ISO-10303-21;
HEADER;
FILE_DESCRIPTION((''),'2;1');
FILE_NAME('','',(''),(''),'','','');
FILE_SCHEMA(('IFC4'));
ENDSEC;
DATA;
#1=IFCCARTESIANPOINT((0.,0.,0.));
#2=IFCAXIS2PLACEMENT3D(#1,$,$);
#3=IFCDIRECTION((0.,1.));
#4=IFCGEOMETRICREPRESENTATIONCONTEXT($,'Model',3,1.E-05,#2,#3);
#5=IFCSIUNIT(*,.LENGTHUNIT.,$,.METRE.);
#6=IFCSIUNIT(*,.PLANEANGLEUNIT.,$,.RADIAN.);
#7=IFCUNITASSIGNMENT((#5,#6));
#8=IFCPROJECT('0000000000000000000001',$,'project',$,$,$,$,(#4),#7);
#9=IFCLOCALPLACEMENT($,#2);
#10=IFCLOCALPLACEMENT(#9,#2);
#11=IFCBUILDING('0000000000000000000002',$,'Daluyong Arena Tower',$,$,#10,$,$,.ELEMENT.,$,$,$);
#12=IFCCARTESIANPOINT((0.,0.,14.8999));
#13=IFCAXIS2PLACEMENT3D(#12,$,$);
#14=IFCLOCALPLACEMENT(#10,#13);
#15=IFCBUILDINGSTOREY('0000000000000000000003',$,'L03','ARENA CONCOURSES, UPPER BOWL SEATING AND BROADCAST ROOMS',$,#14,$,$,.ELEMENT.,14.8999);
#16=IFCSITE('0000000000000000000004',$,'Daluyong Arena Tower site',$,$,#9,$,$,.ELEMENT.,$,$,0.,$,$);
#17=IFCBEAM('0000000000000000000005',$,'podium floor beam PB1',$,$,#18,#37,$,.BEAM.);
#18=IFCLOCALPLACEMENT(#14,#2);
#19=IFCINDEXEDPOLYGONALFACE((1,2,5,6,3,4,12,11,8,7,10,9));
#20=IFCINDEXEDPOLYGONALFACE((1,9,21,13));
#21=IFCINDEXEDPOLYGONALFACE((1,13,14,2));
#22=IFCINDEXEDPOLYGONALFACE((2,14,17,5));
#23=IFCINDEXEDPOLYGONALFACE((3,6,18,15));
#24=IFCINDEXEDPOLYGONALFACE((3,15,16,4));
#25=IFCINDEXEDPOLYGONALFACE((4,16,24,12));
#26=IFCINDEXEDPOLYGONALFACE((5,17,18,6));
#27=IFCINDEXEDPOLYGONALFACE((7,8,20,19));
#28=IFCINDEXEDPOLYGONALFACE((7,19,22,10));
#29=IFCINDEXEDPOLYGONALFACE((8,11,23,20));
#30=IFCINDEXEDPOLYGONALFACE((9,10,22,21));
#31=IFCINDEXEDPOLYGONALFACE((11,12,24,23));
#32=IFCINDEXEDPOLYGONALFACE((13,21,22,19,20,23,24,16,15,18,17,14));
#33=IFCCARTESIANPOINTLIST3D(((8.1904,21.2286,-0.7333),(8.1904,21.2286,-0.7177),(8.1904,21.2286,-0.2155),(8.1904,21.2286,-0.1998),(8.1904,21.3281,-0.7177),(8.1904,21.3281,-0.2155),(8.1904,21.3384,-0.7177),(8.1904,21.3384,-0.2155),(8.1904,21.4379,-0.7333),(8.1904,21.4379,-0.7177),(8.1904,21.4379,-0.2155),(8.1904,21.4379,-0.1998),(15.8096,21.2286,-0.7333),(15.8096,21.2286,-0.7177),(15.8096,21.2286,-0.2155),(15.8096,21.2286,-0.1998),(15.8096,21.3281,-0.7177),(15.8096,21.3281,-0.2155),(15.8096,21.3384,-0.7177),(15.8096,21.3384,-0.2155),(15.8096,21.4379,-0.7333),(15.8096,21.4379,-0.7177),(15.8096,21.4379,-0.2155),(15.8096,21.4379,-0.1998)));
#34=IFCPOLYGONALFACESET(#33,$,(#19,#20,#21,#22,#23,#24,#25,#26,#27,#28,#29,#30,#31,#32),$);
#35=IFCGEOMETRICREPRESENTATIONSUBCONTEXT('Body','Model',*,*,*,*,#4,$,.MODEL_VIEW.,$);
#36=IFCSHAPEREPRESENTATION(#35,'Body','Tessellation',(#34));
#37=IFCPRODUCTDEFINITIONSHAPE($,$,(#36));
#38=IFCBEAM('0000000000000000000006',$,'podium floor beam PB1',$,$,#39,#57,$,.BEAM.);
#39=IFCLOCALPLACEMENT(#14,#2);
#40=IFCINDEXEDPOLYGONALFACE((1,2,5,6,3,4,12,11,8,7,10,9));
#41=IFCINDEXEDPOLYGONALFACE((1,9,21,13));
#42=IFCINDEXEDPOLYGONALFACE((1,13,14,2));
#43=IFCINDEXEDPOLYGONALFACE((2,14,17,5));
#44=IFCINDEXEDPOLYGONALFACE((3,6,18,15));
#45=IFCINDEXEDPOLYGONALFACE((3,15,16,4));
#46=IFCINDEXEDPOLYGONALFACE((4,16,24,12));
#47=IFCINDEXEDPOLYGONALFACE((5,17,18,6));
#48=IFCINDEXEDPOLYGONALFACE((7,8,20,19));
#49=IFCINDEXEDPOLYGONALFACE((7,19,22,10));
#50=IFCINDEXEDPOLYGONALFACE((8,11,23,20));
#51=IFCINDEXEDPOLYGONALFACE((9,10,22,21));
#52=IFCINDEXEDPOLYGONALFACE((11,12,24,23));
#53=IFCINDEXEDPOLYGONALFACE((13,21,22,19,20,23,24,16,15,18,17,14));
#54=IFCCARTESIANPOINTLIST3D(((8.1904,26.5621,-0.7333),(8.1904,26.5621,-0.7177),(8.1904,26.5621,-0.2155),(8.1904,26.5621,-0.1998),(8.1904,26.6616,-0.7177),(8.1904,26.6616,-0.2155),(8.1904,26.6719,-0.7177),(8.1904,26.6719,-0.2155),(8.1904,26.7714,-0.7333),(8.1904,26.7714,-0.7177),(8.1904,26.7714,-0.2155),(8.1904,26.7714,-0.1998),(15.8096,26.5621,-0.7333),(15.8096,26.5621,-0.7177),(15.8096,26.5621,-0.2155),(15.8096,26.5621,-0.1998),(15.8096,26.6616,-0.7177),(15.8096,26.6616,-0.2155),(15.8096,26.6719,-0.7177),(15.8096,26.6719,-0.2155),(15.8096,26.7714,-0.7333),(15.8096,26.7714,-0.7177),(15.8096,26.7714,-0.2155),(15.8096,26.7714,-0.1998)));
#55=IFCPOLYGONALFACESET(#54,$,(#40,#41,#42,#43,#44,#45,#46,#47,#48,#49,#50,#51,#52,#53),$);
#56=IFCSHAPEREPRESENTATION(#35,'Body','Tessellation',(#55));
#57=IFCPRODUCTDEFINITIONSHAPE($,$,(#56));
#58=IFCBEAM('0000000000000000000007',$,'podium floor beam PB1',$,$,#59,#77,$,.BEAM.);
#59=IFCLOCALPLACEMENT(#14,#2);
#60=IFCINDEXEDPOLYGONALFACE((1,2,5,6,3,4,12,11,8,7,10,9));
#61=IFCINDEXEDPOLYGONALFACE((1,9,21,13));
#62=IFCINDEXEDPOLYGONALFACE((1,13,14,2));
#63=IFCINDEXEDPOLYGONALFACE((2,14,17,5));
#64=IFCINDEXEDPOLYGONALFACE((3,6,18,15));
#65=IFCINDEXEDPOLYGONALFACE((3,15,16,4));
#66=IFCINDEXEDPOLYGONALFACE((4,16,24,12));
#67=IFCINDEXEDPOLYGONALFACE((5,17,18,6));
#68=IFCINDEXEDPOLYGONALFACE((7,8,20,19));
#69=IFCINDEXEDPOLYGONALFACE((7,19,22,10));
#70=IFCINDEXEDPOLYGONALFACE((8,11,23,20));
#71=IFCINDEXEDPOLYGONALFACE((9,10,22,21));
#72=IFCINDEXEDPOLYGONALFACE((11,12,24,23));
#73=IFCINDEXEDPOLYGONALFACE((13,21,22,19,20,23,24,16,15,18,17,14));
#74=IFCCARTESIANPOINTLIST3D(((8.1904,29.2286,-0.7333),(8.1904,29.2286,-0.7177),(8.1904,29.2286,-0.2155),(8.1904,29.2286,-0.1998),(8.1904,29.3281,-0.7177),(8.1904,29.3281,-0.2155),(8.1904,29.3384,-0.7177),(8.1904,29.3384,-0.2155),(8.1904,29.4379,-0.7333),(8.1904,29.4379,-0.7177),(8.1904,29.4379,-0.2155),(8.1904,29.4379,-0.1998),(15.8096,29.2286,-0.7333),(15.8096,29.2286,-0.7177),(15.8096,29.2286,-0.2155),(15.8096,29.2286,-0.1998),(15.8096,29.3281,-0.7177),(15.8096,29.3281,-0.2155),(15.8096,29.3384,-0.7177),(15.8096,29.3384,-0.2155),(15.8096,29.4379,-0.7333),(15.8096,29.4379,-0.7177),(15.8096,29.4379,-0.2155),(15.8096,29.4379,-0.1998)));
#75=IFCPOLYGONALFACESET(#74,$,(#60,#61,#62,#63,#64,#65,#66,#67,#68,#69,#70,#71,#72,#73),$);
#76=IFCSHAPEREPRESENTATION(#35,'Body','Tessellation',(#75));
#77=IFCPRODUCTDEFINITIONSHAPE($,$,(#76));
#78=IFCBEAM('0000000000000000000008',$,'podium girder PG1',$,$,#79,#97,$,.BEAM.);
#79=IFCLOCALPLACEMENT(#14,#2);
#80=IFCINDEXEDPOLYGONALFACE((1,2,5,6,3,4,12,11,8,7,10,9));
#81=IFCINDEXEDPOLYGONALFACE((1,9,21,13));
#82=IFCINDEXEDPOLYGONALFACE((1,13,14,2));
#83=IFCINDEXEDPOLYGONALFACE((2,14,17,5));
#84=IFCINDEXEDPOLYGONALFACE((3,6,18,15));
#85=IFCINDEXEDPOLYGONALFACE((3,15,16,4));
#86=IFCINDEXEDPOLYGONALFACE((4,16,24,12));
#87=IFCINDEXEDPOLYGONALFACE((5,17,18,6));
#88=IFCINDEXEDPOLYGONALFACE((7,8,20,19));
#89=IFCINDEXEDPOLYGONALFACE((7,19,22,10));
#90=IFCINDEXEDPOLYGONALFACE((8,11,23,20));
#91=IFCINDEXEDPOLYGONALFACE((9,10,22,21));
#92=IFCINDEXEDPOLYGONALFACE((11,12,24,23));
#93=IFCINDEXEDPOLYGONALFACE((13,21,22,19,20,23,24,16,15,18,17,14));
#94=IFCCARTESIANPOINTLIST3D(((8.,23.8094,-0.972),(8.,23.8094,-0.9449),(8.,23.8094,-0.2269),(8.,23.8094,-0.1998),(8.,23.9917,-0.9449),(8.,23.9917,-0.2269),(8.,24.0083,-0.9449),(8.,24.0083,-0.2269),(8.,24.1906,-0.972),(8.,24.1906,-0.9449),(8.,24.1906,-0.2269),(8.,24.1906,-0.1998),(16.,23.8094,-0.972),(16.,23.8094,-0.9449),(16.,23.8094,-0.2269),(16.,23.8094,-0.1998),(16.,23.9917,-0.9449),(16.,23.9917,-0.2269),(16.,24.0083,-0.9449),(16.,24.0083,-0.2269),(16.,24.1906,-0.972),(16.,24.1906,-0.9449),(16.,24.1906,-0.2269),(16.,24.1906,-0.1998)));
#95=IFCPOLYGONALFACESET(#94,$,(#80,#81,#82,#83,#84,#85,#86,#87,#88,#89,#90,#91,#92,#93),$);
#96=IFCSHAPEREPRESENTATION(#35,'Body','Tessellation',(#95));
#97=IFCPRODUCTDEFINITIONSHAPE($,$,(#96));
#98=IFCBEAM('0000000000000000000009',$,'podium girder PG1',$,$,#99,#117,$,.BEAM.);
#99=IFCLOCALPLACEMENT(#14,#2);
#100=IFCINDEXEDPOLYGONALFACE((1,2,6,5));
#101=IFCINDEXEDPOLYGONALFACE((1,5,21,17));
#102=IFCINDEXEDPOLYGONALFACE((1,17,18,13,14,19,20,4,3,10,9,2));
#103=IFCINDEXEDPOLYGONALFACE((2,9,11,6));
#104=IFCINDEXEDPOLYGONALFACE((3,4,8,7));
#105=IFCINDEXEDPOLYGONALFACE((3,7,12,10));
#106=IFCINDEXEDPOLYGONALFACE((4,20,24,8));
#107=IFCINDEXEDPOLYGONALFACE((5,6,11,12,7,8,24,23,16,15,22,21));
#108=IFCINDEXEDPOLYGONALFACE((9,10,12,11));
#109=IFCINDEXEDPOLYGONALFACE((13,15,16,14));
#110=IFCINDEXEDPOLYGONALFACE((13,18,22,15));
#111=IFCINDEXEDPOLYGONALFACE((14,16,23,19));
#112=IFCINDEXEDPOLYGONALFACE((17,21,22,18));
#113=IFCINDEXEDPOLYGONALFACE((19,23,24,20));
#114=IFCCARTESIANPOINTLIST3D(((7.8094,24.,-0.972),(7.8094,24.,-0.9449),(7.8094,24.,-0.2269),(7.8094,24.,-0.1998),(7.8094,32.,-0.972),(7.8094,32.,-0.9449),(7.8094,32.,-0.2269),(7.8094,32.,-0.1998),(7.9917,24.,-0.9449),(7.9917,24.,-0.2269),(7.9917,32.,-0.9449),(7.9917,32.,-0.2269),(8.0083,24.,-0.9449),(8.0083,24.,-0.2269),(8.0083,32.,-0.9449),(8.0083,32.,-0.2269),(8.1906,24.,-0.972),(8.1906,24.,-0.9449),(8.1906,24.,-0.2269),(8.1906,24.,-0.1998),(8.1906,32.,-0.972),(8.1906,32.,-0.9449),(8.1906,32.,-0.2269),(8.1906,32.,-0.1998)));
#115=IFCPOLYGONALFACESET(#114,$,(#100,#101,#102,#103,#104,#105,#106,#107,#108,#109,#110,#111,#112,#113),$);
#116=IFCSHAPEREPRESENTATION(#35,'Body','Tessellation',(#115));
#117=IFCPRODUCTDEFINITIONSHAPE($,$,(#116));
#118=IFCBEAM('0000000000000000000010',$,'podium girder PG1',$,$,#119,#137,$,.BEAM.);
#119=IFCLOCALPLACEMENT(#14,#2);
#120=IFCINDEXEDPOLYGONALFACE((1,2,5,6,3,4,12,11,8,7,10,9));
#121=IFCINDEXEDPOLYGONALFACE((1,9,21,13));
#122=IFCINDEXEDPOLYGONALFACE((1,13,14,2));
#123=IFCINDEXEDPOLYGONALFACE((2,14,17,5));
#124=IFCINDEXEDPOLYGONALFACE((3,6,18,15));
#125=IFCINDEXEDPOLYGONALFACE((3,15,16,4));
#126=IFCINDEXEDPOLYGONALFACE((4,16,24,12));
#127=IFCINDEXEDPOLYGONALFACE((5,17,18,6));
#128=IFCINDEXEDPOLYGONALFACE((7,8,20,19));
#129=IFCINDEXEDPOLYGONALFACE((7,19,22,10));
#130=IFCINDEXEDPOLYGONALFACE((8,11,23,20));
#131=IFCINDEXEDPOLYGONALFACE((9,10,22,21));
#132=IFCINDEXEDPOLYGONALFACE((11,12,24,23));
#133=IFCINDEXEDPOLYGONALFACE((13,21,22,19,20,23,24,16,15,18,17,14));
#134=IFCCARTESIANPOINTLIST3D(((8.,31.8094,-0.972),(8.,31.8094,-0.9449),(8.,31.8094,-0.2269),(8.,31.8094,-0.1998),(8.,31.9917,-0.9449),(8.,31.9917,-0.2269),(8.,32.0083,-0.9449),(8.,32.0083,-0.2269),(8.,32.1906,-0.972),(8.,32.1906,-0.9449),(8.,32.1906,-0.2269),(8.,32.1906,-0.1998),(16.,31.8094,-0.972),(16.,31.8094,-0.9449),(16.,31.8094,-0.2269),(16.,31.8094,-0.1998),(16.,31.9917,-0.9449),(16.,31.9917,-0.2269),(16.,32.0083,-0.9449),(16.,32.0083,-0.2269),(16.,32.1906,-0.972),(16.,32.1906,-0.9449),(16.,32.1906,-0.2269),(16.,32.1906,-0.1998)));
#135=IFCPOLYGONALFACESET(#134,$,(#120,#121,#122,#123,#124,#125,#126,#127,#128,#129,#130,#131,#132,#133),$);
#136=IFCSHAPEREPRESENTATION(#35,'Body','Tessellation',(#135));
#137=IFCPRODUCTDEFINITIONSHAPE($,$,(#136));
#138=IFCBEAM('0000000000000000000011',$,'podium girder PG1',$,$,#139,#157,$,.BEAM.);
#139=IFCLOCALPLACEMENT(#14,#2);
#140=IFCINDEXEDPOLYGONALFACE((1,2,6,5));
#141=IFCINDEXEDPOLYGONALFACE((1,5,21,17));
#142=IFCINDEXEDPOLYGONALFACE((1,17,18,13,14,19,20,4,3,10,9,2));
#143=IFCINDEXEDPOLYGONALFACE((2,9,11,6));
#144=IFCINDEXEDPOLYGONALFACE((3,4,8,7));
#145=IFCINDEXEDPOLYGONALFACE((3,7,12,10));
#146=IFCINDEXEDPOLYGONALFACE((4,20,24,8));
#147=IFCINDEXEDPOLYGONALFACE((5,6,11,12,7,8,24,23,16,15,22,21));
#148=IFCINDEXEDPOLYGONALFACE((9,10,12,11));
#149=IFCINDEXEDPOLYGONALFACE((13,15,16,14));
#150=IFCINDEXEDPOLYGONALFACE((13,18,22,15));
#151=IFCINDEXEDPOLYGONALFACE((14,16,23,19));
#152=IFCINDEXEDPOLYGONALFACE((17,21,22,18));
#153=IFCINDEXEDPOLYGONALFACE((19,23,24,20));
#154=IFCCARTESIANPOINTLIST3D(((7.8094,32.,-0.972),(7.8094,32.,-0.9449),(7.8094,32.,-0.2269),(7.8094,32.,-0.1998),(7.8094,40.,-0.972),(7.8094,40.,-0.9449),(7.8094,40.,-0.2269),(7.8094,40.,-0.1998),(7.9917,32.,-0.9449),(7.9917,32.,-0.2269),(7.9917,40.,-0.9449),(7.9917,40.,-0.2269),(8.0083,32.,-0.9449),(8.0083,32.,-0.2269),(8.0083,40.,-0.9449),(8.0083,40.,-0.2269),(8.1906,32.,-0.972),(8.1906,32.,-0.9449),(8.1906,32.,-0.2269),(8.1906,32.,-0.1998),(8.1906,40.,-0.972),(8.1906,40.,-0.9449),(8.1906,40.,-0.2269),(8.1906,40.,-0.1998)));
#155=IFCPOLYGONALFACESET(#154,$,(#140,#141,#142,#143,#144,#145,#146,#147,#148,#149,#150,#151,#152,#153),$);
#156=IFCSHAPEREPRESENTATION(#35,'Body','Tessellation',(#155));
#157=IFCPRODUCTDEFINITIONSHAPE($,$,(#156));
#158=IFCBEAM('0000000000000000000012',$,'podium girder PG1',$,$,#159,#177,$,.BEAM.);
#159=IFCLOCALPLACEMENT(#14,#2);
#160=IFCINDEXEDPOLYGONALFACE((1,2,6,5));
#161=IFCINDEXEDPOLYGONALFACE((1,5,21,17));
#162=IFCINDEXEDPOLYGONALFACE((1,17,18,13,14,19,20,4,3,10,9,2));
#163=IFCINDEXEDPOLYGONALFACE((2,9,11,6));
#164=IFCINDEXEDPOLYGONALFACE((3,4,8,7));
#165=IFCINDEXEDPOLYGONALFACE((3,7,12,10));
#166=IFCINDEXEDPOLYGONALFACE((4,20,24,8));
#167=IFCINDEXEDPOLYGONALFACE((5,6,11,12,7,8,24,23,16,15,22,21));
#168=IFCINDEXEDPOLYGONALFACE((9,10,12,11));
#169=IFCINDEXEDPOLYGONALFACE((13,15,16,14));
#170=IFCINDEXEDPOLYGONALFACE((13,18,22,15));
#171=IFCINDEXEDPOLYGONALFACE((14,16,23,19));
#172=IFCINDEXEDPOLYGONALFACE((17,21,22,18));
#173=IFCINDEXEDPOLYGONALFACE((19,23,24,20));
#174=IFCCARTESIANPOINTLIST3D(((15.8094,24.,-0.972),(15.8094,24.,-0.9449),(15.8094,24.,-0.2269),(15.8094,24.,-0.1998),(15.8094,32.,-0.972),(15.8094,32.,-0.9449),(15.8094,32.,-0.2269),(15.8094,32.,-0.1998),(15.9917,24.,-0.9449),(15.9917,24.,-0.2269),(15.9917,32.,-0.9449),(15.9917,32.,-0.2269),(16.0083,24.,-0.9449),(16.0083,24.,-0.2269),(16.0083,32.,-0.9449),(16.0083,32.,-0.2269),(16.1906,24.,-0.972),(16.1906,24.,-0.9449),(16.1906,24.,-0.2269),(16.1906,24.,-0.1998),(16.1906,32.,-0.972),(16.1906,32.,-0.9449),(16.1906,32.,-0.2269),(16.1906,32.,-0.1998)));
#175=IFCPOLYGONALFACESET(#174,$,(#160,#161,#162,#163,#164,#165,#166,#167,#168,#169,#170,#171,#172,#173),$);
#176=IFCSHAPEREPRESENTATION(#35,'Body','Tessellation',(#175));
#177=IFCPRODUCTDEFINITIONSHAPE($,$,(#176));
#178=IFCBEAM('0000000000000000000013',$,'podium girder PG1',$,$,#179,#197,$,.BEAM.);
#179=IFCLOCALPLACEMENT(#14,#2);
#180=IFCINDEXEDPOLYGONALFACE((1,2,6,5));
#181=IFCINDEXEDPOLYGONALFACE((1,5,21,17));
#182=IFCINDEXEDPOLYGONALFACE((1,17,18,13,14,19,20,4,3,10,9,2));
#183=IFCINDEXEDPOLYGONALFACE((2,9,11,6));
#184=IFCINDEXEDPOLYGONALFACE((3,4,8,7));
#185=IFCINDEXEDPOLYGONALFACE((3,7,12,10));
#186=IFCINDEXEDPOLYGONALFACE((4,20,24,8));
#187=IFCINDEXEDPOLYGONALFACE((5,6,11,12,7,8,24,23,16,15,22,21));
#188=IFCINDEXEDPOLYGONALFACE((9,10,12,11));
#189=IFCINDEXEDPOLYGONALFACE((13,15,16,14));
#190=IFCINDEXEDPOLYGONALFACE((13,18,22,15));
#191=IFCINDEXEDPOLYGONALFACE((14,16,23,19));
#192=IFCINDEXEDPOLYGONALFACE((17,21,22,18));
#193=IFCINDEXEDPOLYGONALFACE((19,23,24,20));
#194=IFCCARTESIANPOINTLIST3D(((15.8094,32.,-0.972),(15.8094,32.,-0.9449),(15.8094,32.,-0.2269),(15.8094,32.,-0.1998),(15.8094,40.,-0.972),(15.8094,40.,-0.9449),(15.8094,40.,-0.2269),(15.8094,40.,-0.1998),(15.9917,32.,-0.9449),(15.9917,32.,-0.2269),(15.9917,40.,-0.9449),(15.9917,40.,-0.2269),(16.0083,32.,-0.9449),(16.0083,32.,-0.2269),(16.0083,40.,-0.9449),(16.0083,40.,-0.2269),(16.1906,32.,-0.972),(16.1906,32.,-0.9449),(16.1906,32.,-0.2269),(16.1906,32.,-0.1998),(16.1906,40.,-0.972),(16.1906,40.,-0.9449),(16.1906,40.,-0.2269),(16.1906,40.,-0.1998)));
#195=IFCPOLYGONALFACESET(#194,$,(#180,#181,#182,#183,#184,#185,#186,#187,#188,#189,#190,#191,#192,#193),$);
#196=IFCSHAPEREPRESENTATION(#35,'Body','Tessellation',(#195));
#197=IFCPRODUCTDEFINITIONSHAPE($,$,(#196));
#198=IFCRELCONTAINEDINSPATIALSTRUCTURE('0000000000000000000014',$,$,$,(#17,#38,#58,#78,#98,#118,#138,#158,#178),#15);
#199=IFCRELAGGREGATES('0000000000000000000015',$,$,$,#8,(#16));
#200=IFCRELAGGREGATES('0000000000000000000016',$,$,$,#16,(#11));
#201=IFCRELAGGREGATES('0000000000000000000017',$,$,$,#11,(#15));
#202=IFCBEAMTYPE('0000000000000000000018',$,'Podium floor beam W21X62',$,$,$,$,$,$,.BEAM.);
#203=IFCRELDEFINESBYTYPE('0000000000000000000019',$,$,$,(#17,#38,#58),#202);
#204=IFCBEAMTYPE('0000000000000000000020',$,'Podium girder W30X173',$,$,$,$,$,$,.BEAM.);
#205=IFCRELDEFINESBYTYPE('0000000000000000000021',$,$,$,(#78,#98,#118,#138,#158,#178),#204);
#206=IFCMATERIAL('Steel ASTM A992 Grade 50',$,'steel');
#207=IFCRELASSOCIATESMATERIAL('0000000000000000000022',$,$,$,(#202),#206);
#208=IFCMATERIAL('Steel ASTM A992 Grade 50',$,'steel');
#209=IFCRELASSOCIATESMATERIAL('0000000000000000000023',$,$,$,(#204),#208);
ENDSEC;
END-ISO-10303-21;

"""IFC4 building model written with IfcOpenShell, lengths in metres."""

from ifc_helpers import new_model, si_unit, direction, frame, origin, origin_2d, place, context, subcontext, project, spatial, i_section, extrude, material, material_profile, profile_set, type_object, element, save


model = new_model("IFC4")

# Units and contexts
model_context = context("Model", 3, precision=1e-05, world=origin(), true_north=direction((0.0, 1.0)))
body_context = subcontext(model_context, "Body", "Model", "MODEL_VIEW")
ifc_project = project(units=[si_unit("LENGTHUNIT", "METRE"), si_unit("PLANEANGLEUNIT", "RADIAN")], contexts=[model_context])

# Site, building, storey
site_placement = place(None, origin())
site = spatial("IfcSite", under=ifc_project, at=site_placement, Name="Daluyong Arena Tower site", CompositionType="ELEMENT", RefElevation=0.0)
building_placement = place(site_placement, origin())
building = spatial("IfcBuilding", under=site, at=building_placement, Name="Daluyong Arena Tower", CompositionType="ELEMENT")
storey_placement = place(building_placement, frame((0.0, 0.0, 14.8999)))
storey = spatial("IfcBuildingStorey", under=building, at=storey_placement, Name="L03", Description="ARENA CONCOURSES, UPPER BOWL SEATING AND BROADCAST ROOMS", CompositionType="ELEMENT", Elevation=14.8999)

# Beams
ifc_material_1 = material(Name="Steel ASTM A992 Grade 50", Category="steel")
ifc_material_profile_1 = material_profile(ifc_material_1, i_section(OverallWidth=0.2092, OverallDepth=0.5334, WebThickness=0.0103, FlangeThickness=0.0156, at=origin_2d()))
ifc_profile_set_1 = profile_set([ifc_material_profile_1], Name="Steel ASTM A992 Grade 50")
beam_type_1 = type_object("IfcBeamType", Name="Podium floor beam W21X62", PredefinedType="BEAM", material=ifc_profile_set_1)
for number, where, z_axis, x_axis, name in (
    (1, (8.1904, 21.3333, -0.4666), (1.0, 0.0, 0.0), (0.0, 1.0, 0.0), "podium floor beam PB1"),
    (2, (8.1904, 26.6667, -0.4666), (1.0, 0.0, 0.0), (0.0, 1.0, 0.0), "podium floor beam PB1"),
    (3, (8.1904, 29.3333, -0.4666), (1.0, 0.0, 0.0), (0.0, 1.0, 0.0), "podium floor beam PB1"),
):
    element("IfcBeam", number, at=place(storey_placement, frame(where, z_axis=z_axis, x_axis=x_axis)), inside=storey, type_object=beam_type_1, Name=name, PredefinedType="BEAM", context=body_context, shape_type="SweptSolid", body=[
        extrude(i_section(OverallWidth=0.2092, OverallDepth=0.5334, WebThickness=0.0103, FlangeThickness=0.0156, at=origin_2d()), origin(), (0.0, 0.0, 1.0), 7.6191),
    ])
ifc_material_2 = material(Name="Steel ASTM A992 Grade 50", Category="steel")
ifc_material_profile_2 = material_profile(ifc_material_2, i_section(OverallWidth=0.3811, OverallDepth=0.7722, WebThickness=0.0166, FlangeThickness=0.0271, at=origin_2d()))
ifc_profile_set_2 = profile_set([ifc_material_profile_2], Name="Steel ASTM A992 Grade 50")
beam_type_2 = type_object("IfcBeamType", Name="Podium girder W30X173", PredefinedType="BEAM", material=ifc_profile_set_2)
for number, where, z_axis, x_axis, name in (
    (4, (8.0, 24.0, -0.5859), (1.0, 0.0, 0.0), (0.0, 1.0, 0.0), "podium girder PG1"),
    (5, (8.0, 24.0, -0.5859), (0.0, 1.0, 0.0), (-1.0, 0.0, 0.0), "podium girder PG1"),
    (6, (8.0, 32.0, -0.5859), (1.0, 0.0, 0.0), (0.0, 1.0, 0.0), "podium girder PG1"),
    (7, (8.0, 32.0, -0.5859), (0.0, 1.0, 0.0), (-1.0, 0.0, 0.0), "podium girder PG1"),
    (8, (16.0, 24.0, -0.5859), (0.0, 1.0, 0.0), (-1.0, 0.0, 0.0), "podium girder PG1"),
    (9, (16.0, 32.0, -0.5859), (0.0, 1.0, 0.0), (-1.0, 0.0, 0.0), "podium girder PG1"),
):
    element("IfcBeam", number, at=place(storey_placement, frame(where, z_axis=z_axis, x_axis=x_axis)), inside=storey, type_object=beam_type_2, Name=name, PredefinedType="BEAM", context=body_context, shape_type="SweptSolid", body=[
        extrude(i_section(OverallWidth=0.3811, OverallDepth=0.7722, WebThickness=0.0166, FlangeThickness=0.0271, at=origin_2d()), origin(), (0.0, 0.0, 1.0), 8.0),
    ])

save(model, "model.ifc")
